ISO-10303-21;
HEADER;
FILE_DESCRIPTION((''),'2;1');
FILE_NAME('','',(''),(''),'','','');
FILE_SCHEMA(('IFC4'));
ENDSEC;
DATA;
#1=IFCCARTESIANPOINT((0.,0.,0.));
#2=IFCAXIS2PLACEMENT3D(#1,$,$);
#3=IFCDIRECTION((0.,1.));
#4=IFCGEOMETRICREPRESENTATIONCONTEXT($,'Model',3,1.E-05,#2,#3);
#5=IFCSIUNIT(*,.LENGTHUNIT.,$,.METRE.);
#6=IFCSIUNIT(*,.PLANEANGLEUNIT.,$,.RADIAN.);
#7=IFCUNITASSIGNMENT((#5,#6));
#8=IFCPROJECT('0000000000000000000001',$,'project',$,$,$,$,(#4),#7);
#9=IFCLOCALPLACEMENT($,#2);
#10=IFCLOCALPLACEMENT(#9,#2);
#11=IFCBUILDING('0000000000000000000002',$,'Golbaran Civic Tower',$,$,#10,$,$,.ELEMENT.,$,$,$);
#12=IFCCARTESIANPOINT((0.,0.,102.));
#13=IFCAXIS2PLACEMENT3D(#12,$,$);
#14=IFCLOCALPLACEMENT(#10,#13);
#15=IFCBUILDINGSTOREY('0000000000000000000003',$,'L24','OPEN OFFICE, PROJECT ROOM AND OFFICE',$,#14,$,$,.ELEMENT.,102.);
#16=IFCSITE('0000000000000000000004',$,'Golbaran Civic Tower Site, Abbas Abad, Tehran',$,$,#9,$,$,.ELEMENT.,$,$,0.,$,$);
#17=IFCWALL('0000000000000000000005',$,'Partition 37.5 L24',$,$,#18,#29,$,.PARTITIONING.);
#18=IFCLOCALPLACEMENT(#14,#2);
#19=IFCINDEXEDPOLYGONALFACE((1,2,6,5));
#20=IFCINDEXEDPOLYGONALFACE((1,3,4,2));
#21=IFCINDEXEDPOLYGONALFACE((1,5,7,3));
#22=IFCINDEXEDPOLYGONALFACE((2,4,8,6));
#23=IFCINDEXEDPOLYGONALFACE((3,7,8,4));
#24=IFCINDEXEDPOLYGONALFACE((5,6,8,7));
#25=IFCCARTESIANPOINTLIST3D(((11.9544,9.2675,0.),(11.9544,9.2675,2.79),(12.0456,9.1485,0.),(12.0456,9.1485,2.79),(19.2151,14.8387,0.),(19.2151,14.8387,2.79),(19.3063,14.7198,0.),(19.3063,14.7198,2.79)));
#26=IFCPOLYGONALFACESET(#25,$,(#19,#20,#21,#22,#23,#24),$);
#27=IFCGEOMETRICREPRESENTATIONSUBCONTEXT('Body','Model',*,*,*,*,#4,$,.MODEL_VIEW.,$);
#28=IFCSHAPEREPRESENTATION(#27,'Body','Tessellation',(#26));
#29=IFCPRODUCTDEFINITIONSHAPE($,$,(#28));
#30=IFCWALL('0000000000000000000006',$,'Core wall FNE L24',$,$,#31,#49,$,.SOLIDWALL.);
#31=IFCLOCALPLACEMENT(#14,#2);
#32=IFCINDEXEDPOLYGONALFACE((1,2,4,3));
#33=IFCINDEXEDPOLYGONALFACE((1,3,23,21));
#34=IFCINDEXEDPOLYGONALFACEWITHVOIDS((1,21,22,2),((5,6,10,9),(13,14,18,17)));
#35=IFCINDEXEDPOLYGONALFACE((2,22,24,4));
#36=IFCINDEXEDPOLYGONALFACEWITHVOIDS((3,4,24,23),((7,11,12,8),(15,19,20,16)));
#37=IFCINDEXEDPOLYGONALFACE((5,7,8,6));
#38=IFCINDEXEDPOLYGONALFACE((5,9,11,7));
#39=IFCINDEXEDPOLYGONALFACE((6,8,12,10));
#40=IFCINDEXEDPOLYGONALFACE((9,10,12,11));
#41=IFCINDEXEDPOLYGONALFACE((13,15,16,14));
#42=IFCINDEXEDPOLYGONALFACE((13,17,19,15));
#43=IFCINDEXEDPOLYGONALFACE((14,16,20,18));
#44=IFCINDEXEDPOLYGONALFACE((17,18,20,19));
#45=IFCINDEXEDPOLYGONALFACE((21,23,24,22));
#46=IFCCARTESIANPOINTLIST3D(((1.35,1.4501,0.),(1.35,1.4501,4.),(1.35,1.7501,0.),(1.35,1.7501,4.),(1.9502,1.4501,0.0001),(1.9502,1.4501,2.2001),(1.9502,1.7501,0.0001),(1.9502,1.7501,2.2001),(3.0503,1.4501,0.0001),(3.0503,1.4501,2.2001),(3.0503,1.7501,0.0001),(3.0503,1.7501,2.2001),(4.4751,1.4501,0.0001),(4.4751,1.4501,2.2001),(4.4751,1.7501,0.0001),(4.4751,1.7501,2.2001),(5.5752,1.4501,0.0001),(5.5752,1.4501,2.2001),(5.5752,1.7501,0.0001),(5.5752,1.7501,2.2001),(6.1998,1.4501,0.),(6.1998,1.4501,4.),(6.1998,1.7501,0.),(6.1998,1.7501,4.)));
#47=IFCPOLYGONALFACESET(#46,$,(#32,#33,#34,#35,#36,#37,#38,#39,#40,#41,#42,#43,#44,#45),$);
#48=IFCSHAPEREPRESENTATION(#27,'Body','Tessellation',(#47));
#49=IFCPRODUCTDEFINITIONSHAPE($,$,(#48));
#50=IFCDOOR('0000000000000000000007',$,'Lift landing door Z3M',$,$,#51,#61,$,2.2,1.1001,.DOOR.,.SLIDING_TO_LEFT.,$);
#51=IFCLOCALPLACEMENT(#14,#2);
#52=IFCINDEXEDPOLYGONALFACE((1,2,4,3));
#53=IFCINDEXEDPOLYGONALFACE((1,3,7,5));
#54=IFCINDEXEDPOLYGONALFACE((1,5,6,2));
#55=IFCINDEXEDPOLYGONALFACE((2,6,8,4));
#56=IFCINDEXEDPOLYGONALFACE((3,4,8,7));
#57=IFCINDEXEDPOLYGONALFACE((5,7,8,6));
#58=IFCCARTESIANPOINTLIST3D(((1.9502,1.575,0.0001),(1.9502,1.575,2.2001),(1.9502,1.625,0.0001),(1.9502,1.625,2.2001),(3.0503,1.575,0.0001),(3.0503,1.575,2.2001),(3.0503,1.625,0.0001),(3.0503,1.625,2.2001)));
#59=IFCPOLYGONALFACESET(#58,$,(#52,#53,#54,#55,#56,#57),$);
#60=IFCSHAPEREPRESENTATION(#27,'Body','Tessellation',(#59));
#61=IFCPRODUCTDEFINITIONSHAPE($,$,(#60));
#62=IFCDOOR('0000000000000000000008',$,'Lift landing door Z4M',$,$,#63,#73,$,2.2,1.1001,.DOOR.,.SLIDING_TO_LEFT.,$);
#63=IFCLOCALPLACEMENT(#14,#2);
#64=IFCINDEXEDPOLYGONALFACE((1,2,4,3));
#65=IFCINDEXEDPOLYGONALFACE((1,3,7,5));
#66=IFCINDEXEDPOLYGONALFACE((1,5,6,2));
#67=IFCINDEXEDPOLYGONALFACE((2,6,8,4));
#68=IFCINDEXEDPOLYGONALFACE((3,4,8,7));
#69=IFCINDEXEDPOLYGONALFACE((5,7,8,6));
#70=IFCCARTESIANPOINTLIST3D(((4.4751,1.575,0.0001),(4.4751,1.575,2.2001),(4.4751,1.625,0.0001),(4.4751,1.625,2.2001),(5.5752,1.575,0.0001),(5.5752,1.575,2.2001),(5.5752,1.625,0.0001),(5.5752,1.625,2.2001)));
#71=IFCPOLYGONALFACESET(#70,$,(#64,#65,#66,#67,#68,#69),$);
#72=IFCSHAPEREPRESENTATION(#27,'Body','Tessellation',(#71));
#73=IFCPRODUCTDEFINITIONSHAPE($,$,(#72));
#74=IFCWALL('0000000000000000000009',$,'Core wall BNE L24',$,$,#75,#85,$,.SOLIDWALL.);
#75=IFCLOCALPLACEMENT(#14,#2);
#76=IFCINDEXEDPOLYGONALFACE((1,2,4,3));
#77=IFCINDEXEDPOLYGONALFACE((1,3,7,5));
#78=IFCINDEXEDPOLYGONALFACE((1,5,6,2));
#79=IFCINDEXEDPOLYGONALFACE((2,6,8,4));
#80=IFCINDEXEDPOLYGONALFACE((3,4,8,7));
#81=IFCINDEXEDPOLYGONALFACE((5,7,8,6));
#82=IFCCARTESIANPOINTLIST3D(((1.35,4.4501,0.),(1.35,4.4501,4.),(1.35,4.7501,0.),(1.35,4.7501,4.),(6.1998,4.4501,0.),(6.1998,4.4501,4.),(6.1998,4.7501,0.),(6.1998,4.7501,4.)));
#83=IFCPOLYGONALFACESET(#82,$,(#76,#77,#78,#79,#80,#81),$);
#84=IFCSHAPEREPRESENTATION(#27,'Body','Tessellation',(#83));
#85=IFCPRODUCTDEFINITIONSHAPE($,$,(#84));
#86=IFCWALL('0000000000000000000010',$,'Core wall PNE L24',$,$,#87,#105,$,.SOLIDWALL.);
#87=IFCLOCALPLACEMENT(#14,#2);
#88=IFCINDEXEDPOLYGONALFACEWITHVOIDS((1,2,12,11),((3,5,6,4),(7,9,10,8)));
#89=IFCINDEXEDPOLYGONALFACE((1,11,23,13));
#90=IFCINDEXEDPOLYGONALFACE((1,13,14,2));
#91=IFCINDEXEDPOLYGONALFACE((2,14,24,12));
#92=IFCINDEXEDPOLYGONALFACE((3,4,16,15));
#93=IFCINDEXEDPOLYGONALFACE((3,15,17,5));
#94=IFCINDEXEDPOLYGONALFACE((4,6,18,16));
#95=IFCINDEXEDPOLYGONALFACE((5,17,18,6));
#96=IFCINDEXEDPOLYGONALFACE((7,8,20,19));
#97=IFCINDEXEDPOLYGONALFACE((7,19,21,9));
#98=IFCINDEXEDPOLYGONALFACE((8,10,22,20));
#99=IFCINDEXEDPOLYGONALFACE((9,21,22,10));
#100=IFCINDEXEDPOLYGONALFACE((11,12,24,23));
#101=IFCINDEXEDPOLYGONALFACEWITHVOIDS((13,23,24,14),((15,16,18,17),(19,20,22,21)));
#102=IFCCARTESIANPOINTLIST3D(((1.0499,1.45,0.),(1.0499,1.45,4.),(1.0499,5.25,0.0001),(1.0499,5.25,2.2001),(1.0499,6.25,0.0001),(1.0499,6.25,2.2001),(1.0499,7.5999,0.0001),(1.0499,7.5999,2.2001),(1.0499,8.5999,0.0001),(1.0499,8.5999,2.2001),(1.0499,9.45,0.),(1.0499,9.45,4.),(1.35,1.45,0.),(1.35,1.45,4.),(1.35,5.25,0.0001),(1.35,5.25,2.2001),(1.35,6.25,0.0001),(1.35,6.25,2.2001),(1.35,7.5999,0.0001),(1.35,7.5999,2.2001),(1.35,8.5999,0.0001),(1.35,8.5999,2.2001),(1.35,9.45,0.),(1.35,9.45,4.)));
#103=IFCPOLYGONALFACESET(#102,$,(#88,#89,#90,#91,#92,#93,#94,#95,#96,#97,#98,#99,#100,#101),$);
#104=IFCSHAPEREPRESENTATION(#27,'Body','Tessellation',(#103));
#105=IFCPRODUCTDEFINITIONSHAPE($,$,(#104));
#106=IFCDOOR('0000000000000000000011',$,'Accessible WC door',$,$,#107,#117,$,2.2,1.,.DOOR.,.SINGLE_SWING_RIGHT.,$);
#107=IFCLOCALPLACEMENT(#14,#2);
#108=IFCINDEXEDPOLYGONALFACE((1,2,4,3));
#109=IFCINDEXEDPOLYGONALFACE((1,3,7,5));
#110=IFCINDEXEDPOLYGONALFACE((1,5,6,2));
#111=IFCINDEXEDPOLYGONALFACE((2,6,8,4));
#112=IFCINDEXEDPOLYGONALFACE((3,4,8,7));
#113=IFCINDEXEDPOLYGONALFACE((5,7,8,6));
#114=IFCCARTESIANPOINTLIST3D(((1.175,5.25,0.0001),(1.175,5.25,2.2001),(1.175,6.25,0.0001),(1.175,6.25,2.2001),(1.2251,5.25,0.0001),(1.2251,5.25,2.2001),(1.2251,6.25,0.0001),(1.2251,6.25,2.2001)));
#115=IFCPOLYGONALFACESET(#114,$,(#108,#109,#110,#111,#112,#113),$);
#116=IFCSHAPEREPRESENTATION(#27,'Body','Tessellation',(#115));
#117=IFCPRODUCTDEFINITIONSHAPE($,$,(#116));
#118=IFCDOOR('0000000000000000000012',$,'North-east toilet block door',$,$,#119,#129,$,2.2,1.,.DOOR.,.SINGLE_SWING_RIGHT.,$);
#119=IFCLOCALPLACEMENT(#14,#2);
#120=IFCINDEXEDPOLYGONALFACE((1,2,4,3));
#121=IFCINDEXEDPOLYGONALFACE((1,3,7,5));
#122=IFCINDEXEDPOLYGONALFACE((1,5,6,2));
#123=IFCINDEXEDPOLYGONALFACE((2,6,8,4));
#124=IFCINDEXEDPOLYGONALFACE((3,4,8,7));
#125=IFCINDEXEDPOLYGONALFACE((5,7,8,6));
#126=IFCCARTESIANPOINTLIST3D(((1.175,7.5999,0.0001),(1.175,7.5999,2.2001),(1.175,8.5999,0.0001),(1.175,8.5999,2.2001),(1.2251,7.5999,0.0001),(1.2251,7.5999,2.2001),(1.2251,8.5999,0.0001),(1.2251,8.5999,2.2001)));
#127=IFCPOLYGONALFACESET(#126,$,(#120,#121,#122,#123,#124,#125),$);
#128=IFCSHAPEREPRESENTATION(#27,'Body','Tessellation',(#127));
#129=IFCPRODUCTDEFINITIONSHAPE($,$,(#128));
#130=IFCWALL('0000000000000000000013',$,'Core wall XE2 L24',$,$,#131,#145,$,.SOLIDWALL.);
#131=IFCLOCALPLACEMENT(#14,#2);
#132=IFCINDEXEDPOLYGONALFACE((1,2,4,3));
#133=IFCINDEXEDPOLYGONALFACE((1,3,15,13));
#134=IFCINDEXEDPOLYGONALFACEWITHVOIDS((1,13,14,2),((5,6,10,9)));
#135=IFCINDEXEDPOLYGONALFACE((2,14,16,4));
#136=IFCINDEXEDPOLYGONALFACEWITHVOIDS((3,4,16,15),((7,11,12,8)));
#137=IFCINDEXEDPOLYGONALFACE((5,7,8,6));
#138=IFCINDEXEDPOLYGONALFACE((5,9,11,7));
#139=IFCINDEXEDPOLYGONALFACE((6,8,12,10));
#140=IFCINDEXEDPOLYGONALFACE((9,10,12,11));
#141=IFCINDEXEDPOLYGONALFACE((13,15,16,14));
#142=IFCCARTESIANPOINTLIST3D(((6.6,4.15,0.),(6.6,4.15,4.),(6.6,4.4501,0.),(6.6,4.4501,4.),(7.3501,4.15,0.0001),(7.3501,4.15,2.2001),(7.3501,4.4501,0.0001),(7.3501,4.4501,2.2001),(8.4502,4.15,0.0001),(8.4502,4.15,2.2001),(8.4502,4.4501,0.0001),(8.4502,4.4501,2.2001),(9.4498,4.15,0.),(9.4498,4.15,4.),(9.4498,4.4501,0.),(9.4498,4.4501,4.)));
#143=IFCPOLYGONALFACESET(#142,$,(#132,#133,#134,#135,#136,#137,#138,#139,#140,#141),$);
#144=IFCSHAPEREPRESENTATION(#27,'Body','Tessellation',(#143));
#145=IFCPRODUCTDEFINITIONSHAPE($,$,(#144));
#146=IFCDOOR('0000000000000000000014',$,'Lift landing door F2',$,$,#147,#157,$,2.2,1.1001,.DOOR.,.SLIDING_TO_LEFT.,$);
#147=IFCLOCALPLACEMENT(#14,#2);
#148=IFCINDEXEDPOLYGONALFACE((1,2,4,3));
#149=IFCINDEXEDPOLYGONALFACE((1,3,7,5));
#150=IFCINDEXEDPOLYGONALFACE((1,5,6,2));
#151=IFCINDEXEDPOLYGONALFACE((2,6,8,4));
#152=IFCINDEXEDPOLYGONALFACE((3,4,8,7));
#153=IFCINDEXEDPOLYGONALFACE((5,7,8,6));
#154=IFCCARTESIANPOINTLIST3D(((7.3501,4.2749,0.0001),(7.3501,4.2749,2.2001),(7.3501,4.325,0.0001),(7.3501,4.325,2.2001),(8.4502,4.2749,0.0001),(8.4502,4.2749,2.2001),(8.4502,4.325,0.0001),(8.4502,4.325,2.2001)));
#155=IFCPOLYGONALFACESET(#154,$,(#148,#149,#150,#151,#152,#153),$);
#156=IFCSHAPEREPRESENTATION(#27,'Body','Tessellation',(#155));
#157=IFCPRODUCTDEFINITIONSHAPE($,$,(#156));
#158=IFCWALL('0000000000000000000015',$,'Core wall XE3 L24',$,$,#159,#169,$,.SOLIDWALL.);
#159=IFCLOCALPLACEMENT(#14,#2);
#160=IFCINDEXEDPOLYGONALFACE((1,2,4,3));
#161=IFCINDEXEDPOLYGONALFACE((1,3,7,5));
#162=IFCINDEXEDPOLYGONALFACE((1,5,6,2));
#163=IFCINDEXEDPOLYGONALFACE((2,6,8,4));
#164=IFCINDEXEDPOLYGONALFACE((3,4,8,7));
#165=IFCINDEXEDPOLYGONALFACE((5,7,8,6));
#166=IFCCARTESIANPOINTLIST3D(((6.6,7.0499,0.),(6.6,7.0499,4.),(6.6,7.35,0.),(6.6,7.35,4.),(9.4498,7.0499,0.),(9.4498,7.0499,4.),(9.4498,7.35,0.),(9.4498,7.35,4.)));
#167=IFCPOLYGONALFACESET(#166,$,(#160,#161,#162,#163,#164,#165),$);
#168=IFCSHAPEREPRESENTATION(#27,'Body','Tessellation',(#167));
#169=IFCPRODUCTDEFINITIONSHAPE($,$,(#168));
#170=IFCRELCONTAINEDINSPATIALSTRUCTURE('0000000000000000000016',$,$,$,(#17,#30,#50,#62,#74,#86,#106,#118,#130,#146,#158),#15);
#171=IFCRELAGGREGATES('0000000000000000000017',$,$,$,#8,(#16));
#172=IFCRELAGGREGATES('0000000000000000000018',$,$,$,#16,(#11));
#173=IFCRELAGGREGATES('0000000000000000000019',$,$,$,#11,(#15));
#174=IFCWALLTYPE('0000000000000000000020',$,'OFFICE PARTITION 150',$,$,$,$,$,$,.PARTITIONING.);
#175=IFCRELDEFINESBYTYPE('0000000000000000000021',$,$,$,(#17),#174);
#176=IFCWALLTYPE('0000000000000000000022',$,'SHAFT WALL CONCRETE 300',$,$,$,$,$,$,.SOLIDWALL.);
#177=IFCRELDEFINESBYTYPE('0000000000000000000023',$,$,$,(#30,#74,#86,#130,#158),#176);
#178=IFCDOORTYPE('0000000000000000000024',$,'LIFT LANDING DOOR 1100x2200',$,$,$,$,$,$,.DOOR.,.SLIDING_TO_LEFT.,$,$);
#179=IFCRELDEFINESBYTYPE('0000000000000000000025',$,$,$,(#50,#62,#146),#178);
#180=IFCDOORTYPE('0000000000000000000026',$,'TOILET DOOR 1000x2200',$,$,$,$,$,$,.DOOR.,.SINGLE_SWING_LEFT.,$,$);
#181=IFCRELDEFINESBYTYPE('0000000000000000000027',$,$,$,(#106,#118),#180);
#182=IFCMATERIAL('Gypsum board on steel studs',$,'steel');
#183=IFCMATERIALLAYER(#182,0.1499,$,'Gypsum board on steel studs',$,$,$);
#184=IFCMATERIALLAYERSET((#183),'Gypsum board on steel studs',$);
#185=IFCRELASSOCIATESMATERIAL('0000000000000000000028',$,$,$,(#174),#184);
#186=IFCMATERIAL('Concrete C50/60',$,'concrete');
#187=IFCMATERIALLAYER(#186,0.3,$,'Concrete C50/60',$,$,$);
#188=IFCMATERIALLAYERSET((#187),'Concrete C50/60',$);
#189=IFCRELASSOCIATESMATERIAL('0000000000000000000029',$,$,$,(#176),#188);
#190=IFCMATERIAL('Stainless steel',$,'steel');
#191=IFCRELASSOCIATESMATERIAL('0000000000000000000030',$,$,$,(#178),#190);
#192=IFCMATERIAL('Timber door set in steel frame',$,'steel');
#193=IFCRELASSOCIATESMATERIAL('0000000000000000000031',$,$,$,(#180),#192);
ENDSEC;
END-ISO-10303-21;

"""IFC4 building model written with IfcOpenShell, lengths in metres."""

from ifc_helpers import new_model, si_unit, direction, frame, frame_2d, origin, place, context, subcontext, project, spatial, rectangle, extrude, material, layer, layer_set, type_object, element, fill, save


model = new_model("IFC4")

# Units and contexts
model_context = context("Model", 3, precision=1e-05, world=origin(), true_north=direction((0.0, 1.0)))
body_context = subcontext(model_context, "Body", "Model", "MODEL_VIEW")
ifc_project = project(units=[si_unit("LENGTHUNIT", "METRE"), si_unit("PLANEANGLEUNIT", "RADIAN")], contexts=[model_context])

# Site, building, storey
site_placement = place(None, origin())
site = spatial("IfcSite", under=ifc_project, at=site_placement, Name="Golbaran Civic Tower Site, Abbas Abad, Tehran", CompositionType="ELEMENT", RefElevation=0.0)
building_placement = place(site_placement, origin())
building = spatial("IfcBuilding", under=site, at=building_placement, Name="Golbaran Civic Tower", CompositionType="ELEMENT")
storey_placement = place(building_placement, frame((0.0, 0.0, 102.0)))
storey = spatial("IfcBuildingStorey", under=building, at=storey_placement, Name="L24", Description="OPEN OFFICE, PROJECT ROOM AND OFFICE", CompositionType="ELEMENT", Elevation=102.0)

# Shared definitions
ifc_material_1 = material(Name="Concrete C50/60", Category="concrete")
ifc_material_2 = material(Name="Timber door set in steel frame", Category="steel")

# Wall
ifc_material_3 = material(Name="Gypsum board on steel studs", Category="steel")
ifc_layer_1 = layer(ifc_material_3, 0.1499, Name="Gypsum board on steel studs")
ifc_layer_set_1 = layer_set([ifc_layer_1], Name="Gypsum board on steel studs")
wall_type_1 = type_object("IfcWallType", Name="OFFICE PARTITION 150", PredefinedType="PARTITIONING", material=ifc_layer_set_1)
wall_1_placement = place(storey_placement, frame((12.0, 9.208, 0.0), z_axis=(0.0, 0.0, 1.0), x_axis=(0.793357, 0.608756, 0.0)))
element("IfcWall", 1, at=wall_1_placement, inside=storey, type_object=wall_type_1, Name="Partition 37.5 L24", PredefinedType="PARTITIONING", context=body_context, shape_type="SweptSolid", body=[
    extrude(rectangle(XDim=9.1519, YDim=0.1499, at=frame_2d((4.5759, 0.0))), origin(), (0.0, 0.0, 1.0), 2.79),
])

# Wall, openings, doors
ifc_layer_2 = layer(ifc_material_1, 0.3, Name="Concrete C50/60")
ifc_layer_set_2 = layer_set([ifc_layer_2], Name="Concrete C50/60")
wall_type_2 = type_object("IfcWallType", Name="SHAFT WALL CONCRETE 300", PredefinedType="SOLIDWALL", material=ifc_layer_set_2)
wall_2_placement = place(storey_placement, frame((1.3501, 1.6001, 0.0), z_axis=(0.0, 0.0, 1.0), x_axis=(1.0, 0.0, 0.0)))
wall_2 = element("IfcWall", 2, at=wall_2_placement, inside=storey, type_object=wall_type_2, Name="Core wall FNE L24", PredefinedType="SOLIDWALL", context=body_context, shape_type="SweptSolid", body=[
    extrude(rectangle(XDim=4.8499, YDim=0.3, at=frame_2d((2.4248, 0.0))), origin(), (0.0, 0.0, 1.0), 4.0),
])
opening_1_placement = place(wall_2_placement, frame((0.6001, 0.0, 0.0)))
opening_1 = element("IfcOpeningElement", 3, at=opening_1_placement, cuts=wall_2, PredefinedType="OPENING", context=body_context, shape_type="SweptSolid", body=[
    extrude(rectangle(XDim=1.1001, YDim=2.2, at=frame_2d((0.55, 1.1001))), frame((0.0, 0.1599, 0.0), z_axis=(0.0, -1.0, 0.0), x_axis=(1.0, 0.0, 0.0)), (0.0, 0.0, 1.0), 0.3201),
])
opening_2_placement = place(wall_2_placement, frame((3.125, 0.0, 0.0)))
opening_2 = element("IfcOpeningElement", 4, at=opening_2_placement, cuts=wall_2, PredefinedType="OPENING", context=body_context, shape_type="SweptSolid", body=[
    extrude(rectangle(XDim=1.1001, YDim=2.2, at=frame_2d((0.55, 1.1001))), frame((0.0, 0.1599, 0.0), z_axis=(0.0, -1.0, 0.0), x_axis=(1.0, 0.0, 0.0)), (0.0, 0.0, 1.0), 0.3201),
])
ifc_material_4 = material(Name="Stainless steel", Category="steel")
door_type_1 = type_object("IfcDoorType", Name="LIFT LANDING DOOR 1100x2200", OperationType="SLIDING_TO_LEFT", PredefinedType="DOOR", material=ifc_material_4)
door_1_placement = place(opening_1_placement, origin())
door_1 = element("IfcDoor", 5, at=door_1_placement, inside=storey, type_object=door_type_1, Name="Lift landing door Z3M", OperationType="SLIDING_TO_LEFT", OverallHeight=2.2, OverallWidth=1.1001, PredefinedType="DOOR", context=body_context, shape_type="SweptSolid", body=[
    extrude(rectangle(XDim=1.1001, YDim=2.2, at=frame_2d((0.55, 1.1001))), frame((0.0, 0.0249, 0.0), z_axis=(0.0, -1.0, 0.0), x_axis=(1.0, 0.0, 0.0)), (0.0, 0.0, 1.0), 0.05),
])
fill(opening_1, door_1)
door_2_placement = place(opening_2_placement, origin())
door_2 = element("IfcDoor", 6, at=door_2_placement, inside=storey, type_object=door_type_1, Name="Lift landing door Z4M", OperationType="SLIDING_TO_LEFT", OverallHeight=2.2, OverallWidth=1.1001, PredefinedType="DOOR", context=body_context, shape_type="SweptSolid", body=[
    extrude(rectangle(XDim=1.1001, YDim=2.2, at=frame_2d((0.55, 1.1001))), frame((0.0, 0.0249, 0.0), z_axis=(0.0, -1.0, 0.0), x_axis=(1.0, 0.0, 0.0)), (0.0, 0.0, 1.0), 0.05),
])
fill(opening_2, door_2)

# Wall
wall_3_placement = place(storey_placement, frame((1.3501, 4.6001, 0.0), z_axis=(0.0, 0.0, 1.0), x_axis=(1.0, 0.0, 0.0)))
element("IfcWall", 7, at=wall_3_placement, inside=storey, type_object=wall_type_2, Name="Core wall BNE L24", PredefinedType="SOLIDWALL", context=body_context, shape_type="SweptSolid", body=[
    extrude(rectangle(XDim=4.8499, YDim=0.3, at=frame_2d((2.4248, 0.0))), origin(), (0.0, 0.0, 1.0), 4.0),
])

# Wall, openings, doors
wall_4_placement = place(storey_placement, frame((1.2, 1.45, 0.0), z_axis=(0.0, 0.0, 1.0), x_axis=(0.0, 1.0, 0.0)))
wall_4 = element("IfcWall", 8, at=wall_4_placement, inside=storey, type_object=wall_type_2, Name="Core wall PNE L24", PredefinedType="SOLIDWALL", context=body_context, shape_type="SweptSolid", body=[
    extrude(rectangle(XDim=8.0, YDim=0.3, at=frame_2d((4.0, 0.0))), origin(), (0.0, 0.0, 1.0), 4.0),
])
opening_3_placement = place(wall_4_placement, frame((3.8, 0.0, 0.0)))
opening_3 = element("IfcOpeningElement", 9, at=opening_3_placement, cuts=wall_4, PredefinedType="OPENING", context=body_context, shape_type="SweptSolid", body=[
    extrude(rectangle(XDim=1.0, YDim=2.2, at=frame_2d((0.5, 1.1001))), frame((0.0, 0.1599, 0.0), z_axis=(0.0, -1.0, 0.0), x_axis=(1.0, 0.0, 0.0)), (0.0, 0.0, 1.0), 0.3201),
])
opening_4_placement = place(wall_4_placement, frame((6.1499, 0.0, 0.0)))
opening_4 = element("IfcOpeningElement", 10, at=opening_4_placement, cuts=wall_4, PredefinedType="OPENING", context=body_context, shape_type="SweptSolid", body=[
    extrude(rectangle(XDim=1.0, YDim=2.2, at=frame_2d((0.5, 1.1001))), frame((0.0, 0.1599, 0.0), z_axis=(0.0, -1.0, 0.0), x_axis=(1.0, 0.0, 0.0)), (0.0, 0.0, 1.0), 0.3201),
])
door_type_2 = type_object("IfcDoorType", Name="TOILET DOOR 1000x2200", OperationType="SINGLE_SWING_LEFT", PredefinedType="DOOR", material=ifc_material_2)
door_3_placement = place(opening_3_placement, origin())
door_3 = element("IfcDoor", 11, at=door_3_placement, inside=storey, type_object=door_type_2, Name="Accessible WC door", OperationType="SINGLE_SWING_RIGHT", OverallHeight=2.2, OverallWidth=1.0, PredefinedType="DOOR", context=body_context, shape_type="SweptSolid", body=[
    extrude(rectangle(XDim=1.0, YDim=2.2, at=frame_2d((0.5, 1.1001))), frame((0.0, 0.0249, 0.0), z_axis=(0.0, -1.0, 0.0), x_axis=(1.0, 0.0, 0.0)), (0.0, 0.0, 1.0), 0.05),
])
fill(opening_3, door_3)
door_4_placement = place(opening_4_placement, origin())
door_4 = element("IfcDoor", 12, at=door_4_placement, inside=storey, type_object=door_type_2, Name="North-east toilet block door", OperationType="SINGLE_SWING_RIGHT", OverallHeight=2.2, OverallWidth=1.0, PredefinedType="DOOR", context=body_context, shape_type="SweptSolid", body=[
    extrude(rectangle(XDim=1.0, YDim=2.2, at=frame_2d((0.5, 1.1001))), frame((0.0, 0.0249, 0.0), z_axis=(0.0, -1.0, 0.0), x_axis=(1.0, 0.0, 0.0)), (0.0, 0.0, 1.0), 0.05),
])
fill(opening_4, door_4)

# Wall, opening, door
wall_5_placement = place(storey_placement, frame((6.6001, 4.3, 0.0), z_axis=(0.0, 0.0, 1.0), x_axis=(1.0, 0.0, 0.0)))
wall_5 = element("IfcWall", 13, at=wall_5_placement, inside=storey, type_object=wall_type_2, Name="Core wall XE2 L24", PredefinedType="SOLIDWALL", context=body_context, shape_type="SweptSolid", body=[
    extrude(rectangle(XDim=2.8499, YDim=0.3, at=frame_2d((1.4248, 0.0))), origin(), (0.0, 0.0, 1.0), 4.0),
])
opening_5_placement = place(wall_5_placement, frame((0.75, 0.0, 0.0)))
opening_5 = element("IfcOpeningElement", 14, at=opening_5_placement, cuts=wall_5, PredefinedType="OPENING", context=body_context, shape_type="SweptSolid", body=[
    extrude(rectangle(XDim=1.1001, YDim=2.2, at=frame_2d((0.55, 1.1001))), frame((0.0, 0.1599, 0.0), z_axis=(0.0, -1.0, 0.0), x_axis=(1.0, 0.0, 0.0)), (0.0, 0.0, 1.0), 0.3201),
])
door_5_placement = place(opening_5_placement, origin())
door_5 = element("IfcDoor", 15, at=door_5_placement, inside=storey, type_object=door_type_1, Name="Lift landing door F2", OperationType="SLIDING_TO_LEFT", OverallHeight=2.2, OverallWidth=1.1001, PredefinedType="DOOR", context=body_context, shape_type="SweptSolid", body=[
    extrude(rectangle(XDim=1.1001, YDim=2.2, at=frame_2d((0.55, 1.1001))), frame((0.0, 0.0249, 0.0), z_axis=(0.0, -1.0, 0.0), x_axis=(1.0, 0.0, 0.0)), (0.0, 0.0, 1.0), 0.05),
])
fill(opening_5, door_5)

# Wall
wall_6_placement = place(storey_placement, frame((6.6001, 7.2, 0.0), z_axis=(0.0, 0.0, 1.0), x_axis=(1.0, 0.0, 0.0)))
element("IfcWall", 16, at=wall_6_placement, inside=storey, type_object=wall_type_2, Name="Core wall XE3 L24", PredefinedType="SOLIDWALL", context=body_context, shape_type="SweptSolid", body=[
    extrude(rectangle(XDim=2.8499, YDim=0.3, at=frame_2d((1.4248, 0.0))), origin(), (0.0, 0.0, 1.0), 4.0),
])

save(model, "model.ifc")
